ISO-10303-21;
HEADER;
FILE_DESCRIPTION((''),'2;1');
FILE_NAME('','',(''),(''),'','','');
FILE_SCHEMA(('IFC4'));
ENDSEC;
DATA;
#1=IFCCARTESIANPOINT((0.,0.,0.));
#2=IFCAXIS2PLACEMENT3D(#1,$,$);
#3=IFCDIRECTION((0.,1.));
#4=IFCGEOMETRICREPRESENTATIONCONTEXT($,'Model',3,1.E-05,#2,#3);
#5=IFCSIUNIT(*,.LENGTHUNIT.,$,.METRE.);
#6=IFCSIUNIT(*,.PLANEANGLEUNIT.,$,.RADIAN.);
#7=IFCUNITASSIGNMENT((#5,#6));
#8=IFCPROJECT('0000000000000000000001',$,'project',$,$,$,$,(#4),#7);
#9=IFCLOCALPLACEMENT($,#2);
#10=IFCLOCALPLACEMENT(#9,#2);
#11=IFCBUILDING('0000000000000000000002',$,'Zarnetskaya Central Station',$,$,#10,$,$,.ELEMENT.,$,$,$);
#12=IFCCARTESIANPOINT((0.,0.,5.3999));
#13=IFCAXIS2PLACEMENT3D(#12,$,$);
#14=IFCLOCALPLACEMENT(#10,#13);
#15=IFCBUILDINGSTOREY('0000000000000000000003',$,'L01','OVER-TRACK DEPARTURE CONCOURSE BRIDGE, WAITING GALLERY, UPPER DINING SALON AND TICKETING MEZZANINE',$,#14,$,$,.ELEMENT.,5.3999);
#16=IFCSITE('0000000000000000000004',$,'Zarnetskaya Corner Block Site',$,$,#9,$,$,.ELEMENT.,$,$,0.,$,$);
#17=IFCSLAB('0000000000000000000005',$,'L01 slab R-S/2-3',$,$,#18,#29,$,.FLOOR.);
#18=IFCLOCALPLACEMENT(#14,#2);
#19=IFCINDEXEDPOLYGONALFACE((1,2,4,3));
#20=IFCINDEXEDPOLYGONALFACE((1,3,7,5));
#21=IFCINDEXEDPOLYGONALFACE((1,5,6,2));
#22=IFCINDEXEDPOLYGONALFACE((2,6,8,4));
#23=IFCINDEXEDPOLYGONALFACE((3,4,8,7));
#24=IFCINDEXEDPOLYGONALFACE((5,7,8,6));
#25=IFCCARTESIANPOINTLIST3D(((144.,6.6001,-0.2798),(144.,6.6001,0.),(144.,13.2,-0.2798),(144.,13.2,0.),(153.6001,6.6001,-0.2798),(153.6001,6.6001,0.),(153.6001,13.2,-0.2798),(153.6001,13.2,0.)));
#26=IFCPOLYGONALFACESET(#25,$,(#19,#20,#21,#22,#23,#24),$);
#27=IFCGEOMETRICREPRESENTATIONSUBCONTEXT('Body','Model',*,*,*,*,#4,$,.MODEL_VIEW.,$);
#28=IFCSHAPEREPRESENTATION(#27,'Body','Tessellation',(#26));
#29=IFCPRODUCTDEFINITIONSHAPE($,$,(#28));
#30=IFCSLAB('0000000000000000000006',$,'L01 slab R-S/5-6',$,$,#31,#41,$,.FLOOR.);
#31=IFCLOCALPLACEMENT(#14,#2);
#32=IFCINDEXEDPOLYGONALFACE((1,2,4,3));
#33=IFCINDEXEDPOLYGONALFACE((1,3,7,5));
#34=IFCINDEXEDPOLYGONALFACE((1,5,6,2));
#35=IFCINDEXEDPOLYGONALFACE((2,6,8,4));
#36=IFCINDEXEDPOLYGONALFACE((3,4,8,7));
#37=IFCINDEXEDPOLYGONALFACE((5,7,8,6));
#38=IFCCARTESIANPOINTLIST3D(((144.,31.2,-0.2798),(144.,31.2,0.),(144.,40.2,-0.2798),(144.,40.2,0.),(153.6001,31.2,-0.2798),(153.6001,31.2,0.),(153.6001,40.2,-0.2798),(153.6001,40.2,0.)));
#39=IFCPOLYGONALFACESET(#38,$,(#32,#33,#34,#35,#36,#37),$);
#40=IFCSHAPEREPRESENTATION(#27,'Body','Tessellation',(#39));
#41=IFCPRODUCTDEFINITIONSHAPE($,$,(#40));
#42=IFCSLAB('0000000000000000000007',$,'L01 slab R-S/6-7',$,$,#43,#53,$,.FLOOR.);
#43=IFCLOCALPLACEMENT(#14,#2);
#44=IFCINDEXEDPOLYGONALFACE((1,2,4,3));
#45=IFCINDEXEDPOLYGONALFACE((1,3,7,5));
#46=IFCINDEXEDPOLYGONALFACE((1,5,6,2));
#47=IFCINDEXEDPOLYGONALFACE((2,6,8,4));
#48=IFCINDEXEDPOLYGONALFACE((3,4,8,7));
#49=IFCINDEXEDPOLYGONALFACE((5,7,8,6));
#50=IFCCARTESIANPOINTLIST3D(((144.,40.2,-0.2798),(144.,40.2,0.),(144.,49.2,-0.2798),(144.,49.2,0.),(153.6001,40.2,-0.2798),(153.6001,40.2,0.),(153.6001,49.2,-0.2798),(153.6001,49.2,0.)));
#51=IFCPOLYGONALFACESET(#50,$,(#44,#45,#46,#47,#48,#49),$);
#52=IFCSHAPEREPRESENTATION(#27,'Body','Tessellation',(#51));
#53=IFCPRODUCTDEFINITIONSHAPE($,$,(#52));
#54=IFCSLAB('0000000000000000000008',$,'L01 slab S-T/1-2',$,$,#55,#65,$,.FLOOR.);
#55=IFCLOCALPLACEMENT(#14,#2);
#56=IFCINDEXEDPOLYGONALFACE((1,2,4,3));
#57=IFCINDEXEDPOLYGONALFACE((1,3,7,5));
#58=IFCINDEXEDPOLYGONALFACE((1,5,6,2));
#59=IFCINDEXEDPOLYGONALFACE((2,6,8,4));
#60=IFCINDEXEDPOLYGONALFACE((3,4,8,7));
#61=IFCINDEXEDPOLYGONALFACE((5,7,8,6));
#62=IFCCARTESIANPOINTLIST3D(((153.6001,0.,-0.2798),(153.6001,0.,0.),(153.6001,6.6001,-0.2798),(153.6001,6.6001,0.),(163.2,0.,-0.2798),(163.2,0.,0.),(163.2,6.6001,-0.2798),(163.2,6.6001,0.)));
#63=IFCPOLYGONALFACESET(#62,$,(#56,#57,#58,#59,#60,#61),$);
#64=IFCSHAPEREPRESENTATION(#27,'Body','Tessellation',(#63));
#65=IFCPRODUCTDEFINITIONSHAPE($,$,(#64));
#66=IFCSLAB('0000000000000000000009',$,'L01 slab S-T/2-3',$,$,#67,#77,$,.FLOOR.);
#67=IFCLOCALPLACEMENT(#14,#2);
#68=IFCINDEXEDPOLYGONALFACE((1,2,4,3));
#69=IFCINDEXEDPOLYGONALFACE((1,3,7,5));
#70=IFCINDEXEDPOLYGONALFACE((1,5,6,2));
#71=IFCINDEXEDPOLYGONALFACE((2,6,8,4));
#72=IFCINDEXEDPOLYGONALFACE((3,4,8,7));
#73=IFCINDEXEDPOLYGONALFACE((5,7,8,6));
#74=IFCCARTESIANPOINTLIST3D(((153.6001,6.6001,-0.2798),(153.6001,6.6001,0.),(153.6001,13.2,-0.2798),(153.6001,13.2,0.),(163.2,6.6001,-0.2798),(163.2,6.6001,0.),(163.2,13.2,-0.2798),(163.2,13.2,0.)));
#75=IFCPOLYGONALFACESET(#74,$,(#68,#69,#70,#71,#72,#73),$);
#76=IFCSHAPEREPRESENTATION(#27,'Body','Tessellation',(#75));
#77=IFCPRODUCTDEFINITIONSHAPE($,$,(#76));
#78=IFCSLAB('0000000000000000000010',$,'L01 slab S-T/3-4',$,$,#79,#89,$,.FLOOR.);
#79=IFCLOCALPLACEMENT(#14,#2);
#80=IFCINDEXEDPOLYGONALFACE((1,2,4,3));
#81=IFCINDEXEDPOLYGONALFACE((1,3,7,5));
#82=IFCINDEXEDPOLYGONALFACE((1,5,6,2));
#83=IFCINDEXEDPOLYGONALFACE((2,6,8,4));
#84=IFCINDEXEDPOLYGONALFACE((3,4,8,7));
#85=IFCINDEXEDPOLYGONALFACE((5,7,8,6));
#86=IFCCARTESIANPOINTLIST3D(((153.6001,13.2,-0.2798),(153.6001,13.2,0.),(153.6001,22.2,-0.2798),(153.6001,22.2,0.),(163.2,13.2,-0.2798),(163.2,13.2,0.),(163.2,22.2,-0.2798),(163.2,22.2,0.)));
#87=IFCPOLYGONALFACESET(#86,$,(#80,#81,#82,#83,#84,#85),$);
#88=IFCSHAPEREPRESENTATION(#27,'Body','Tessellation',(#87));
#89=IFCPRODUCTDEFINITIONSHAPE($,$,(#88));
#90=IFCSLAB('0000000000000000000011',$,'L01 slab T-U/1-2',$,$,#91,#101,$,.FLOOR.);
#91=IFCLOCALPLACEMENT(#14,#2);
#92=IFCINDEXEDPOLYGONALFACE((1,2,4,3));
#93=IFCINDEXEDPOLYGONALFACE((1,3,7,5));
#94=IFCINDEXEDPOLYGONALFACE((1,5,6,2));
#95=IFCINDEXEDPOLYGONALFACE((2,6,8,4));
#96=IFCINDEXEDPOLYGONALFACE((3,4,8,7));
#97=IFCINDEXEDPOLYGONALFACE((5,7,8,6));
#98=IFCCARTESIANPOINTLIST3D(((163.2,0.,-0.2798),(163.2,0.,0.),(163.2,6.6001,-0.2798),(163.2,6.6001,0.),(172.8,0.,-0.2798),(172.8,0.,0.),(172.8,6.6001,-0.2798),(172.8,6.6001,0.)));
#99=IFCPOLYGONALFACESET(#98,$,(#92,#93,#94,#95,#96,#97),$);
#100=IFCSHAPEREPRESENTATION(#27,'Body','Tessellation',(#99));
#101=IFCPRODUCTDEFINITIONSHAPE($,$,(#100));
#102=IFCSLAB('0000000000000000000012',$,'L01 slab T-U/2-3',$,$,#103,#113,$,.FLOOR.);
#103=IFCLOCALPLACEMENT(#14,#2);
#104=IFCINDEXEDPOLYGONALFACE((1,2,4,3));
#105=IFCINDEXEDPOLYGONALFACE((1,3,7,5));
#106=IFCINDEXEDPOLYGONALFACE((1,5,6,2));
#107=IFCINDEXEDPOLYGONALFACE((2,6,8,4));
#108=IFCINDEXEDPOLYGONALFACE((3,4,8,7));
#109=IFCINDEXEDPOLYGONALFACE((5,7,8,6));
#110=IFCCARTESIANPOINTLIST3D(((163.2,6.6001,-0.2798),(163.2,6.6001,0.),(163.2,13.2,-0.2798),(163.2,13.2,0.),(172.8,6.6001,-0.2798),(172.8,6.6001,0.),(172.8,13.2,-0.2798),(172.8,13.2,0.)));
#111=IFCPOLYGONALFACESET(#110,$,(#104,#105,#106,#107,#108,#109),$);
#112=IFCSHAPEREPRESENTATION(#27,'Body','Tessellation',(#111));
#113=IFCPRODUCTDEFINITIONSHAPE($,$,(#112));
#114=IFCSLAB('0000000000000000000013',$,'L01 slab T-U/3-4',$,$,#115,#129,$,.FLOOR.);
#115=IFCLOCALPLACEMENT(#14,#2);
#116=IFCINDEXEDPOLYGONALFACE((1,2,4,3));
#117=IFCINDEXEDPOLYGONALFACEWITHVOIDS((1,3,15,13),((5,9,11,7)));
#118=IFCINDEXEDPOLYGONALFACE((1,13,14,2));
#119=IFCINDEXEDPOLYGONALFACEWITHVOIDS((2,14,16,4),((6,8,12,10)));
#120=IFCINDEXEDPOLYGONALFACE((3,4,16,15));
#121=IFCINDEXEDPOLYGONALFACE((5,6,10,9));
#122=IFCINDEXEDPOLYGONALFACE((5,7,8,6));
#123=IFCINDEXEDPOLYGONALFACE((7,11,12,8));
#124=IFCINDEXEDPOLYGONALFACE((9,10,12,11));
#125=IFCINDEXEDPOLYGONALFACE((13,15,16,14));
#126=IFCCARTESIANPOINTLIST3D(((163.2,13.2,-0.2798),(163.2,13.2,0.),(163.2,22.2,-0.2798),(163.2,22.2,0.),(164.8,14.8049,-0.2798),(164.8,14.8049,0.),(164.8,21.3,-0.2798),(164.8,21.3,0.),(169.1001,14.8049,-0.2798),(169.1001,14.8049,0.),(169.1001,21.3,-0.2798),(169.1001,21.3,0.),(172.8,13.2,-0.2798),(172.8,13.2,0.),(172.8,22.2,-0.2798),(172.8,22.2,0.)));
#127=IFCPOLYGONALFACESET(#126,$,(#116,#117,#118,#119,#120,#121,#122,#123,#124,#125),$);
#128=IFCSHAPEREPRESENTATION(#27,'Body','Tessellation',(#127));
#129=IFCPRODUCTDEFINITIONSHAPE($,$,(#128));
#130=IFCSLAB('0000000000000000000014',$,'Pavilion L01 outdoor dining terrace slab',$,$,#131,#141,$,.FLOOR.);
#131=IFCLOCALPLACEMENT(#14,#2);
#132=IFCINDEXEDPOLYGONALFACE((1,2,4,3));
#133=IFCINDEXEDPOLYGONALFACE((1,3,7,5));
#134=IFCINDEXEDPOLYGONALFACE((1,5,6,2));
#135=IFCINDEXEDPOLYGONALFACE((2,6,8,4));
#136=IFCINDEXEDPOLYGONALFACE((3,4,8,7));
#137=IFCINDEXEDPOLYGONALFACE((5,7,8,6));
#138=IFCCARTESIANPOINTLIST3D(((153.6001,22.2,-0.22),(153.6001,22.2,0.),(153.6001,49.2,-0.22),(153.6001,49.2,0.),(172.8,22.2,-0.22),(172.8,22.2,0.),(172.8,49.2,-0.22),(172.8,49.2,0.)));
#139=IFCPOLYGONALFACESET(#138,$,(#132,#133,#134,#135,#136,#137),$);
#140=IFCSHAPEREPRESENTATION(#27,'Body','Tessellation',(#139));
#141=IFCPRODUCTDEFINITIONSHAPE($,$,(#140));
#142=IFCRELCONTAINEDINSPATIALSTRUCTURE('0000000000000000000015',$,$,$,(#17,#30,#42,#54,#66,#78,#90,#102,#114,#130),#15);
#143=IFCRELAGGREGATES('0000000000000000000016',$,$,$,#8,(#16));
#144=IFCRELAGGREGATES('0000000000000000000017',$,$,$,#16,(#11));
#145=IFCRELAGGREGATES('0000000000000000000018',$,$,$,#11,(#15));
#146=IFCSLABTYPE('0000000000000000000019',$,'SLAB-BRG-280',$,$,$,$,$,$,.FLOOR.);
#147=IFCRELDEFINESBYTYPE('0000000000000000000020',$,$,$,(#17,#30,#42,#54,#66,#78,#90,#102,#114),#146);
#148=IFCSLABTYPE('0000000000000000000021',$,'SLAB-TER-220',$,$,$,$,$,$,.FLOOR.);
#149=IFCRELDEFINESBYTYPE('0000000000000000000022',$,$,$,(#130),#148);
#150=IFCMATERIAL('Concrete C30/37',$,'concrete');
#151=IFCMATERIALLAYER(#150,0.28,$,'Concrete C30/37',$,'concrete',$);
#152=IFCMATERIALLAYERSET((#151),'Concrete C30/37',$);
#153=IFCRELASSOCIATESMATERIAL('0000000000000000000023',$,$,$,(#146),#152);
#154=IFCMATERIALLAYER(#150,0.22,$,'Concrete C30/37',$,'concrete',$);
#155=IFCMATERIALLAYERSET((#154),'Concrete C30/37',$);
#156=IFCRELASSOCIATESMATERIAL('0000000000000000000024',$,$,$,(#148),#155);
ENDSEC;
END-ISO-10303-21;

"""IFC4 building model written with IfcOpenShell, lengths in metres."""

from ifc_helpers import new_model, si_unit, direction, frame, origin, place, context, subcontext, project, spatial, polyline, outline, extrude, material, layer, layer_set, type_object, element, save


model = new_model("IFC4")

# Units and contexts
model_context = context("Model", 3, precision=1e-05, world=origin(), true_north=direction((0.0, 1.0)))
body_context = subcontext(model_context, "Body", "Model", "MODEL_VIEW")
ifc_project = project(units=[si_unit("LENGTHUNIT", "METRE"), si_unit("PLANEANGLEUNIT", "RADIAN")], contexts=[model_context])

# Site, building, storey
site_placement = place(None, origin())
site = spatial("IfcSite", under=ifc_project, at=site_placement, Name="Zarnetskaya Corner Block Site", CompositionType="ELEMENT", RefElevation=0.0)
building_placement = place(site_placement, origin())
building = spatial("IfcBuilding", under=site, at=building_placement, Name="Zarnetskaya Central Station", CompositionType="ELEMENT")
storey_placement = place(building_placement, frame((0.0, 0.0, 5.3999)))
storey = spatial("IfcBuildingStorey", under=building, at=storey_placement, Name="L01", Description="OVER-TRACK DEPARTURE CONCOURSE BRIDGE, WAITING GALLERY, UPPER DINING SALON AND TICKETING MEZZANINE", CompositionType="ELEMENT", Elevation=5.3999)

# Slabs
ifc_material = material(Name="Concrete C30/37", Category="concrete")
ifc_layer_1 = layer(ifc_material, 0.28, Name="Concrete C30/37", Category="concrete")
ifc_layer_set_1 = layer_set([ifc_layer_1], Name="Concrete C30/37")
slab_type_1 = type_object("IfcSlabType", Name="SLAB-BRG-280", PredefinedType="FLOOR", material=ifc_layer_set_1)
slab_1_placement = place(storey_placement, frame((0.0, 0.0, -0.2798)))
element("IfcSlab", 1, at=slab_1_placement, inside=storey, type_object=slab_type_1, Name="L01 slab R-S/2-3", PredefinedType="FLOOR", context=body_context, shape_type="SweptSolid", body=[
    extrude(outline(polyline([(144.0, 6.6001), (153.6001, 6.6001), (153.6001, 13.2), (144.0, 13.2), (144.0, 6.6001)])), origin(), (0.0, 0.0, 1.0), 0.2798),
])
slab_2_placement = place(storey_placement, frame((0.0, 0.0, -0.2798)))
element("IfcSlab", 2, at=slab_2_placement, inside=storey, type_object=slab_type_1, Name="L01 slab R-S/5-6", PredefinedType="FLOOR", context=body_context, shape_type="SweptSolid", body=[
    extrude(outline(polyline([(144.0, 31.2), (153.6001, 31.2), (153.6001, 40.2), (144.0, 40.2), (144.0, 31.2)])), origin(), (0.0, 0.0, 1.0), 0.2798),
])
slab_3_placement = place(storey_placement, frame((0.0, 0.0, -0.2798)))
element("IfcSlab", 3, at=slab_3_placement, inside=storey, type_object=slab_type_1, Name="L01 slab R-S/6-7", PredefinedType="FLOOR", context=body_context, shape_type="SweptSolid", body=[
    extrude(outline(polyline([(144.0, 40.2), (153.6001, 40.2), (153.6001, 49.2), (144.0, 49.2), (144.0, 40.2)])), origin(), (0.0, 0.0, 1.0), 0.2798),
])
slab_4_placement = place(storey_placement, frame((0.0, 0.0, -0.2798)))
element("IfcSlab", 4, at=slab_4_placement, inside=storey, type_object=slab_type_1, Name="L01 slab S-T/1-2", PredefinedType="FLOOR", context=body_context, shape_type="SweptSolid", body=[
    extrude(outline(polyline([(153.6001, 0.0), (163.2, 0.0), (163.2, 6.6001), (153.6001, 6.6001), (153.6001, 0.0)])), origin(), (0.0, 0.0, 1.0), 0.2798),
])
slab_5_placement = place(storey_placement, frame((0.0, 0.0, -0.2798)))
element("IfcSlab", 5, at=slab_5_placement, inside=storey, type_object=slab_type_1, Name="L01 slab S-T/2-3", PredefinedType="FLOOR", context=body_context, shape_type="SweptSolid", body=[
    extrude(outline(polyline([(153.6001, 6.6001), (163.2, 6.6001), (163.2, 13.2), (153.6001, 13.2), (153.6001, 6.6001)])), origin(), (0.0, 0.0, 1.0), 0.2798),
])
slab_6_placement = place(storey_placement, frame((0.0, 0.0, -0.2798)))
element("IfcSlab", 6, at=slab_6_placement, inside=storey, type_object=slab_type_1, Name="L01 slab S-T/3-4", PredefinedType="FLOOR", context=body_context, shape_type="SweptSolid", body=[
    extrude(outline(polyline([(153.6001, 13.2), (163.2, 13.2), (163.2, 22.2), (153.6001, 22.2), (153.6001, 13.2)])), origin(), (0.0, 0.0, 1.0), 0.2798),
])
slab_7_placement = place(storey_placement, frame((0.0, 0.0, -0.2798)))
element("IfcSlab", 7, at=slab_7_placement, inside=storey, type_object=slab_type_1, Name="L01 slab T-U/1-2", PredefinedType="FLOOR", context=body_context, shape_type="SweptSolid", body=[
    extrude(outline(polyline([(163.2, 0.0), (172.8, 0.0), (172.8, 6.6001), (163.2, 6.6001), (163.2, 0.0)])), origin(), (0.0, 0.0, 1.0), 0.2798),
])
slab_8_placement = place(storey_placement, frame((0.0, 0.0, -0.2798)))
element("IfcSlab", 8, at=slab_8_placement, inside=storey, type_object=slab_type_1, Name="L01 slab T-U/2-3", PredefinedType="FLOOR", context=body_context, shape_type="SweptSolid", body=[
    extrude(outline(polyline([(163.2, 6.6001), (172.8, 6.6001), (172.8, 13.2), (163.2, 13.2), (163.2, 6.6001)])), origin(), (0.0, 0.0, 1.0), 0.2798),
])
slab_9_placement = place(storey_placement, frame((0.0, 0.0, -0.2798)))
element("IfcSlab", 9, at=slab_9_placement, inside=storey, type_object=slab_type_1, Name="L01 slab T-U/3-4", PredefinedType="FLOOR", context=body_context, shape_type="SweptSolid", body=[
    extrude(outline(polyline([(163.2, 13.2), (172.8, 13.2), (172.8, 22.2), (163.2, 22.2), (163.2, 13.2)]), holes=[polyline([(164.8, 14.8049), (169.1001, 14.8049), (169.1001, 21.3), (164.8, 21.3), (164.8, 14.8049)])]), origin(), (0.0, 0.0, 1.0), 0.2798),
])
ifc_layer_2 = layer(ifc_material, 0.22, Name="Concrete C30/37", Category="concrete")
ifc_layer_set_2 = layer_set([ifc_layer_2], Name="Concrete C30/37")
slab_type_2 = type_object("IfcSlabType", Name="SLAB-TER-220", PredefinedType="FLOOR", material=ifc_layer_set_2)
slab_10_placement = place(storey_placement, frame((0.0, 0.0, -0.22)))
element("IfcSlab", 10, at=slab_10_placement, inside=storey, type_object=slab_type_2, Name="Pavilion L01 outdoor dining terrace slab", PredefinedType="FLOOR", context=body_context, shape_type="SweptSolid", body=[
    extrude(outline(polyline([(153.6001, 22.2), (172.8, 22.2), (172.8, 49.2), (153.6001, 49.2), (153.6001, 22.2)])), origin(), (0.0, 0.0, 1.0), 0.22),
])

save(model, "model.ifc")
